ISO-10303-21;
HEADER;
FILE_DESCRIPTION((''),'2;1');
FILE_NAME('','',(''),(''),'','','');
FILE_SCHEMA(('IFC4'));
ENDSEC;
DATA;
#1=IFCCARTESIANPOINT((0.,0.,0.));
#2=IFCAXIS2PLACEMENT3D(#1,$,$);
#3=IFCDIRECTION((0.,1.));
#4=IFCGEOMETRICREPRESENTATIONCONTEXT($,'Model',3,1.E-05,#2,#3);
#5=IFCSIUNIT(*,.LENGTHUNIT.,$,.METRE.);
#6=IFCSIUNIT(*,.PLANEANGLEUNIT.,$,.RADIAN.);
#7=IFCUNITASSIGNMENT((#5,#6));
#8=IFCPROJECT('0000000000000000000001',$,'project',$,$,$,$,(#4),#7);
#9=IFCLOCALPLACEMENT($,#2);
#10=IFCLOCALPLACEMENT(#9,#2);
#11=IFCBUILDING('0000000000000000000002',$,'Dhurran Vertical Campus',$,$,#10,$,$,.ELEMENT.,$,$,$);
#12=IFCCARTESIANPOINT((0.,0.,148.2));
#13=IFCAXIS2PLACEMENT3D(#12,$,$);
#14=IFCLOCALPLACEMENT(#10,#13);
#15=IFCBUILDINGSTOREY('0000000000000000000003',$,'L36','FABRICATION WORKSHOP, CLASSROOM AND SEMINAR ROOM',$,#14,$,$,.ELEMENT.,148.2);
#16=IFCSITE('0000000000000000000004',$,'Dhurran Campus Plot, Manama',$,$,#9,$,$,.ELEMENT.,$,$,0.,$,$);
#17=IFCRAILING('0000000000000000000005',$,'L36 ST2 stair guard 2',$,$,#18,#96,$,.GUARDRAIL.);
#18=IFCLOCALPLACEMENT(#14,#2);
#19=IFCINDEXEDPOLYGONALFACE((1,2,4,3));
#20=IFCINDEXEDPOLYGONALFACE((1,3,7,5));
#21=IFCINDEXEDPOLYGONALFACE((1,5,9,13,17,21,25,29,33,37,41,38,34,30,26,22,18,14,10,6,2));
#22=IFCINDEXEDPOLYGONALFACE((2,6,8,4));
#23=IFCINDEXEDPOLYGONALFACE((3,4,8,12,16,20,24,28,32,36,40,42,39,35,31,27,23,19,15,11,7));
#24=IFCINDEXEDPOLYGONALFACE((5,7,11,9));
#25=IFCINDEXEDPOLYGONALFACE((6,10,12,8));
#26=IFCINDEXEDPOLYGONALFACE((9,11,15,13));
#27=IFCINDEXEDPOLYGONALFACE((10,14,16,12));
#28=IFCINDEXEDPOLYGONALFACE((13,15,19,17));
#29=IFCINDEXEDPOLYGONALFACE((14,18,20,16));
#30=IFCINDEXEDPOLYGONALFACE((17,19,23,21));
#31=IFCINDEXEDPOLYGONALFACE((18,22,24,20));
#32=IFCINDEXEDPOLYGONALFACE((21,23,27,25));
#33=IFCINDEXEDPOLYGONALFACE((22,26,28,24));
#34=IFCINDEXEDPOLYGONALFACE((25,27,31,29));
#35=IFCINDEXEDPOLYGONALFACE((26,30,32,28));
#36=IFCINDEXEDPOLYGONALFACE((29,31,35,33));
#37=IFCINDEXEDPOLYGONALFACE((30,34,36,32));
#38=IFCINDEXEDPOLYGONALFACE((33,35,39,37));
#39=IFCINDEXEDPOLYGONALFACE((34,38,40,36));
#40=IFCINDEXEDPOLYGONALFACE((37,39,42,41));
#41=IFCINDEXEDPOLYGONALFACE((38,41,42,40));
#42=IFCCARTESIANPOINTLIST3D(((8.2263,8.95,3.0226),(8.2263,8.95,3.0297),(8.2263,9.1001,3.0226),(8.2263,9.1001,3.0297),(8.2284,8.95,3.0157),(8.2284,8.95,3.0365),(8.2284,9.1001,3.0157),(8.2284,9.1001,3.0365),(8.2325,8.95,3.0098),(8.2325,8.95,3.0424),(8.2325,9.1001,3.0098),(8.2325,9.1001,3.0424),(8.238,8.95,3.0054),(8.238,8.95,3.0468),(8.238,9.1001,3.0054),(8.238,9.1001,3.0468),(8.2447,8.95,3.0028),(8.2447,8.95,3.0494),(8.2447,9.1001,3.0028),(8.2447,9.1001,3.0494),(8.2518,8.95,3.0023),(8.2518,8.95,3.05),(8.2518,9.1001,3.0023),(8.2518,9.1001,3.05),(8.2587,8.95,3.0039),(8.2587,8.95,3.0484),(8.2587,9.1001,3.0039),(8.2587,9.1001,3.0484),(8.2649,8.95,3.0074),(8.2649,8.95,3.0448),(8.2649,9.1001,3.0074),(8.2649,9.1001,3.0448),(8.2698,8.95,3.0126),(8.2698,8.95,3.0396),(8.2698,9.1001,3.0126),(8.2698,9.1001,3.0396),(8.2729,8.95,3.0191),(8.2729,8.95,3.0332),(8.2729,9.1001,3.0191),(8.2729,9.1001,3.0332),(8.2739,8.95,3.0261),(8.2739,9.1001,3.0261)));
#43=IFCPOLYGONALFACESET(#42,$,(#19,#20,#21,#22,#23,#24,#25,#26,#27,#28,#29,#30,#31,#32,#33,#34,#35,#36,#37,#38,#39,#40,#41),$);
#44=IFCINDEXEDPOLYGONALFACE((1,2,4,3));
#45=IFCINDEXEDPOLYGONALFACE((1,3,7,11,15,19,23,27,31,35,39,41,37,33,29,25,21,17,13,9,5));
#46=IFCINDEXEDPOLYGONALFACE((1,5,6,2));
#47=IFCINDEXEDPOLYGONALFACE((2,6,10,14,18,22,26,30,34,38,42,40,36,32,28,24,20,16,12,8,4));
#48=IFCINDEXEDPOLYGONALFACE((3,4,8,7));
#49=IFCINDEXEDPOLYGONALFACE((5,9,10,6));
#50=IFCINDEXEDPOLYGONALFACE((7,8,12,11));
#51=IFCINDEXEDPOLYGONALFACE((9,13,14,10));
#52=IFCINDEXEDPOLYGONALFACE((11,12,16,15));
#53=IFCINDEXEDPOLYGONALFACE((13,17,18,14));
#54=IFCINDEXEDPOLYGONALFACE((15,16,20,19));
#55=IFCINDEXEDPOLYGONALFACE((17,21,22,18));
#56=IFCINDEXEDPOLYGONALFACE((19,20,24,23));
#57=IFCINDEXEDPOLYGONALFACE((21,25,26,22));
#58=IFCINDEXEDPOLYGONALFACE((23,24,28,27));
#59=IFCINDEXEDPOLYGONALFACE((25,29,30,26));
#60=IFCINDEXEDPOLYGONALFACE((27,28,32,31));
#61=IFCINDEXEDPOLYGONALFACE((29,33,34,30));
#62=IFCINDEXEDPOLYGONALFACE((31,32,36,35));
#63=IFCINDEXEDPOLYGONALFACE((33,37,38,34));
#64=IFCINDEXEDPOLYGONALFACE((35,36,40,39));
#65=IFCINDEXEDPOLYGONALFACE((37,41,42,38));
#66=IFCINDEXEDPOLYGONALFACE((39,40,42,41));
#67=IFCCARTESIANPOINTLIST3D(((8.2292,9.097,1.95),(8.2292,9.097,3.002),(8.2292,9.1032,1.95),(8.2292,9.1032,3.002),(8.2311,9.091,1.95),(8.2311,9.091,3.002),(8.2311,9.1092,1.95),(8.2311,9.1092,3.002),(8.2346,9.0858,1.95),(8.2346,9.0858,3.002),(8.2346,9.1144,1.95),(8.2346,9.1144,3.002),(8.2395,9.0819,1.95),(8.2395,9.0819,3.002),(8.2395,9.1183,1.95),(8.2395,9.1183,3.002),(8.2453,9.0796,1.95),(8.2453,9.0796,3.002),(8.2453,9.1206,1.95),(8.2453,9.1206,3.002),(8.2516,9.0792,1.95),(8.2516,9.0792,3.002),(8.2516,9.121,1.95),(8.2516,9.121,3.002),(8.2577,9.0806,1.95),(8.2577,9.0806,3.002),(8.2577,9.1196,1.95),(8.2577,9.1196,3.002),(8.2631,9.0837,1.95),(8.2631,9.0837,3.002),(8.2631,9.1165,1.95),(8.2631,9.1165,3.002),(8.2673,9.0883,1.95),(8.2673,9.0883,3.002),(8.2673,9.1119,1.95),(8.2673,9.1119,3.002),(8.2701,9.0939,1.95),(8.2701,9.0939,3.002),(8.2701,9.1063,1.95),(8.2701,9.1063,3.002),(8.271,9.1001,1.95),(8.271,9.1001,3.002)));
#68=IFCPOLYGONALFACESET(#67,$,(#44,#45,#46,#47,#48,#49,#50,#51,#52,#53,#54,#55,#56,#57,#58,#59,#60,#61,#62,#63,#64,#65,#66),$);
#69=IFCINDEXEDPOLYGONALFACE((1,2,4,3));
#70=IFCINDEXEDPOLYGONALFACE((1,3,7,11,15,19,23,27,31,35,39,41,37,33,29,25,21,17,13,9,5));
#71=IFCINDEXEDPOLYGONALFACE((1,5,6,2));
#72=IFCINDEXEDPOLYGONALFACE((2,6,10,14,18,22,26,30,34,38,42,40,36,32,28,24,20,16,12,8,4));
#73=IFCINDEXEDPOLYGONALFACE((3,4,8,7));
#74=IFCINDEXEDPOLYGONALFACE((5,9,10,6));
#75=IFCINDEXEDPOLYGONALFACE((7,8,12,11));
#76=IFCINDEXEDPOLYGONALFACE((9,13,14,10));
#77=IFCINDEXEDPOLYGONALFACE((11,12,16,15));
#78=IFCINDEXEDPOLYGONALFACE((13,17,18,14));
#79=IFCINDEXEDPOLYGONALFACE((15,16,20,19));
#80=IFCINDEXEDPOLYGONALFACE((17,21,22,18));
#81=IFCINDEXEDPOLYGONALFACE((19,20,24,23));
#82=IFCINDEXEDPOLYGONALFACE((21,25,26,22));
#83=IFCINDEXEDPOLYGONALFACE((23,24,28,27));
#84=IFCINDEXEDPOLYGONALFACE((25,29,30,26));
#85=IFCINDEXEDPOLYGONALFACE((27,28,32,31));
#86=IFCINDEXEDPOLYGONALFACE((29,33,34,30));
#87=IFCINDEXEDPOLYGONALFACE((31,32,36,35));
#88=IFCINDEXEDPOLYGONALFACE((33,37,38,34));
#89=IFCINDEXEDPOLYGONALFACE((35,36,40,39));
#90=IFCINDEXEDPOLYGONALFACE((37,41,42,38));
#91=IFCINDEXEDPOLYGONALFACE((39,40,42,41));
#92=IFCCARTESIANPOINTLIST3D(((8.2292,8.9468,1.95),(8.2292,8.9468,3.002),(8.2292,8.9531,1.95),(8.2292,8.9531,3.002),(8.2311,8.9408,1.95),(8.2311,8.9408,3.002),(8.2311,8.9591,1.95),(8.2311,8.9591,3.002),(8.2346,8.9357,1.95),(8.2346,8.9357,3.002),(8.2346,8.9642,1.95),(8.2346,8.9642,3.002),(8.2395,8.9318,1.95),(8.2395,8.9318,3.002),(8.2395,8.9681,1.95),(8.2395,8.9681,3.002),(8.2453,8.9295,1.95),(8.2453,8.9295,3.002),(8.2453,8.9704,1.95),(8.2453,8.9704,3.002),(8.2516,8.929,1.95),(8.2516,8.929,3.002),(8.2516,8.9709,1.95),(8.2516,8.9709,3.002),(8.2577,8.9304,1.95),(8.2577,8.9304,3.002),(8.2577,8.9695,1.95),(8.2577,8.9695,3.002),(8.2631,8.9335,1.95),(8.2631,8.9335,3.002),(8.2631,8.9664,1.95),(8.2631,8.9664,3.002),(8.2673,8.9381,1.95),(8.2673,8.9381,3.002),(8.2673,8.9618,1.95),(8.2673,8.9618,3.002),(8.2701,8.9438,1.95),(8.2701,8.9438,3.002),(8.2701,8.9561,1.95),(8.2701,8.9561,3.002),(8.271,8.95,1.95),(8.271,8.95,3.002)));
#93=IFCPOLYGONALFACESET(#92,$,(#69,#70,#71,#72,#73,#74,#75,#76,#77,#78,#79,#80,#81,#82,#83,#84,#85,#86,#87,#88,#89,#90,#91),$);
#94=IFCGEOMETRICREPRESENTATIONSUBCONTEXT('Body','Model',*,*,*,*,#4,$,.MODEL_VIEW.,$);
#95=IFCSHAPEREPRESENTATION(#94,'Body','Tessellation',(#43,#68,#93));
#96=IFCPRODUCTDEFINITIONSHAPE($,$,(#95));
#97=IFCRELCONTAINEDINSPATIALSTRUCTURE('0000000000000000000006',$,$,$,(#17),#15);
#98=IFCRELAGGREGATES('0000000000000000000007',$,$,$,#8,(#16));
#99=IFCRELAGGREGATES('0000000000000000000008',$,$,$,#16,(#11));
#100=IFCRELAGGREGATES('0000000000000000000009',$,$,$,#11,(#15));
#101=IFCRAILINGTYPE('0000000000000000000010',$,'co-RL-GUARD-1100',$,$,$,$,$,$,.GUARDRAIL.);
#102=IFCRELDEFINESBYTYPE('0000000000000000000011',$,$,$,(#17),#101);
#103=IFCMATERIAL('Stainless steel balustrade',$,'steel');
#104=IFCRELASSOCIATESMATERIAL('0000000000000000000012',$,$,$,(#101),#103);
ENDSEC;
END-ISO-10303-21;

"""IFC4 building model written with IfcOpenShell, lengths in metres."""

from ifc_helpers import new_model, si_unit, direction, frame, origin, origin_2d, place, context, subcontext, project, spatial, circle, extrude, material, type_object, element, save


model = new_model("IFC4")

# Units and contexts
model_context = context("Model", 3, precision=1e-05, world=origin(), true_north=direction((0.0, 1.0)))
body_context = subcontext(model_context, "Body", "Model", "MODEL_VIEW")
ifc_project = project(units=[si_unit("LENGTHUNIT", "METRE"), si_unit("PLANEANGLEUNIT", "RADIAN")], contexts=[model_context])

# Site, building, storey
site_placement = place(None, origin())
site = spatial("IfcSite", under=ifc_project, at=site_placement, Name="Dhurran Campus Plot, Manama", CompositionType="ELEMENT", RefElevation=0.0)
building_placement = place(site_placement, origin())
building = spatial("IfcBuilding", under=site, at=building_placement, Name="Dhurran Vertical Campus", CompositionType="ELEMENT")
storey_placement = place(building_placement, frame((0.0, 0.0, 148.2)))
storey = spatial("IfcBuildingStorey", under=building, at=storey_placement, Name="L36", Description="FABRICATION WORKSHOP, CLASSROOM AND SEMINAR ROOM", CompositionType="ELEMENT", Elevation=148.2)

# Railing
ifc_material_1 = material(Name="Stainless steel balustrade", Category="steel")
railing_type_1 = type_object("IfcRailingType", Name="co-RL-GUARD-1100", PredefinedType="GUARDRAIL", material=ifc_material_1)
railing_1_placement = place(storey_placement, frame((8.25, 9.1001, 1.95)))
element("IfcRailing", 1, at=railing_1_placement, inside=storey, type_object=railing_type_1, Name="L36 ST2 stair guard 2", PredefinedType="GUARDRAIL", context=body_context, shape_type="SweptSolid", body=[
    extrude(circle(Radius=0.0239, at=origin_2d()), frame((0.0, 0.0, 1.0762), z_axis=(0.0, -1.0, 0.0), x_axis=(1.0, 0.0, 0.0)), (0.0, 0.0, 1.0), 0.1501),
    extrude(circle(Radius=0.021, at=origin_2d()), origin(), (0.0, 0.0, 1.0), 1.052),
    extrude(circle(Radius=0.021, at=origin_2d()), frame((0.0, -0.1501, 0.0)), (0.0, 0.0, 1.0), 1.052),
])

save(model, "model.ifc")
